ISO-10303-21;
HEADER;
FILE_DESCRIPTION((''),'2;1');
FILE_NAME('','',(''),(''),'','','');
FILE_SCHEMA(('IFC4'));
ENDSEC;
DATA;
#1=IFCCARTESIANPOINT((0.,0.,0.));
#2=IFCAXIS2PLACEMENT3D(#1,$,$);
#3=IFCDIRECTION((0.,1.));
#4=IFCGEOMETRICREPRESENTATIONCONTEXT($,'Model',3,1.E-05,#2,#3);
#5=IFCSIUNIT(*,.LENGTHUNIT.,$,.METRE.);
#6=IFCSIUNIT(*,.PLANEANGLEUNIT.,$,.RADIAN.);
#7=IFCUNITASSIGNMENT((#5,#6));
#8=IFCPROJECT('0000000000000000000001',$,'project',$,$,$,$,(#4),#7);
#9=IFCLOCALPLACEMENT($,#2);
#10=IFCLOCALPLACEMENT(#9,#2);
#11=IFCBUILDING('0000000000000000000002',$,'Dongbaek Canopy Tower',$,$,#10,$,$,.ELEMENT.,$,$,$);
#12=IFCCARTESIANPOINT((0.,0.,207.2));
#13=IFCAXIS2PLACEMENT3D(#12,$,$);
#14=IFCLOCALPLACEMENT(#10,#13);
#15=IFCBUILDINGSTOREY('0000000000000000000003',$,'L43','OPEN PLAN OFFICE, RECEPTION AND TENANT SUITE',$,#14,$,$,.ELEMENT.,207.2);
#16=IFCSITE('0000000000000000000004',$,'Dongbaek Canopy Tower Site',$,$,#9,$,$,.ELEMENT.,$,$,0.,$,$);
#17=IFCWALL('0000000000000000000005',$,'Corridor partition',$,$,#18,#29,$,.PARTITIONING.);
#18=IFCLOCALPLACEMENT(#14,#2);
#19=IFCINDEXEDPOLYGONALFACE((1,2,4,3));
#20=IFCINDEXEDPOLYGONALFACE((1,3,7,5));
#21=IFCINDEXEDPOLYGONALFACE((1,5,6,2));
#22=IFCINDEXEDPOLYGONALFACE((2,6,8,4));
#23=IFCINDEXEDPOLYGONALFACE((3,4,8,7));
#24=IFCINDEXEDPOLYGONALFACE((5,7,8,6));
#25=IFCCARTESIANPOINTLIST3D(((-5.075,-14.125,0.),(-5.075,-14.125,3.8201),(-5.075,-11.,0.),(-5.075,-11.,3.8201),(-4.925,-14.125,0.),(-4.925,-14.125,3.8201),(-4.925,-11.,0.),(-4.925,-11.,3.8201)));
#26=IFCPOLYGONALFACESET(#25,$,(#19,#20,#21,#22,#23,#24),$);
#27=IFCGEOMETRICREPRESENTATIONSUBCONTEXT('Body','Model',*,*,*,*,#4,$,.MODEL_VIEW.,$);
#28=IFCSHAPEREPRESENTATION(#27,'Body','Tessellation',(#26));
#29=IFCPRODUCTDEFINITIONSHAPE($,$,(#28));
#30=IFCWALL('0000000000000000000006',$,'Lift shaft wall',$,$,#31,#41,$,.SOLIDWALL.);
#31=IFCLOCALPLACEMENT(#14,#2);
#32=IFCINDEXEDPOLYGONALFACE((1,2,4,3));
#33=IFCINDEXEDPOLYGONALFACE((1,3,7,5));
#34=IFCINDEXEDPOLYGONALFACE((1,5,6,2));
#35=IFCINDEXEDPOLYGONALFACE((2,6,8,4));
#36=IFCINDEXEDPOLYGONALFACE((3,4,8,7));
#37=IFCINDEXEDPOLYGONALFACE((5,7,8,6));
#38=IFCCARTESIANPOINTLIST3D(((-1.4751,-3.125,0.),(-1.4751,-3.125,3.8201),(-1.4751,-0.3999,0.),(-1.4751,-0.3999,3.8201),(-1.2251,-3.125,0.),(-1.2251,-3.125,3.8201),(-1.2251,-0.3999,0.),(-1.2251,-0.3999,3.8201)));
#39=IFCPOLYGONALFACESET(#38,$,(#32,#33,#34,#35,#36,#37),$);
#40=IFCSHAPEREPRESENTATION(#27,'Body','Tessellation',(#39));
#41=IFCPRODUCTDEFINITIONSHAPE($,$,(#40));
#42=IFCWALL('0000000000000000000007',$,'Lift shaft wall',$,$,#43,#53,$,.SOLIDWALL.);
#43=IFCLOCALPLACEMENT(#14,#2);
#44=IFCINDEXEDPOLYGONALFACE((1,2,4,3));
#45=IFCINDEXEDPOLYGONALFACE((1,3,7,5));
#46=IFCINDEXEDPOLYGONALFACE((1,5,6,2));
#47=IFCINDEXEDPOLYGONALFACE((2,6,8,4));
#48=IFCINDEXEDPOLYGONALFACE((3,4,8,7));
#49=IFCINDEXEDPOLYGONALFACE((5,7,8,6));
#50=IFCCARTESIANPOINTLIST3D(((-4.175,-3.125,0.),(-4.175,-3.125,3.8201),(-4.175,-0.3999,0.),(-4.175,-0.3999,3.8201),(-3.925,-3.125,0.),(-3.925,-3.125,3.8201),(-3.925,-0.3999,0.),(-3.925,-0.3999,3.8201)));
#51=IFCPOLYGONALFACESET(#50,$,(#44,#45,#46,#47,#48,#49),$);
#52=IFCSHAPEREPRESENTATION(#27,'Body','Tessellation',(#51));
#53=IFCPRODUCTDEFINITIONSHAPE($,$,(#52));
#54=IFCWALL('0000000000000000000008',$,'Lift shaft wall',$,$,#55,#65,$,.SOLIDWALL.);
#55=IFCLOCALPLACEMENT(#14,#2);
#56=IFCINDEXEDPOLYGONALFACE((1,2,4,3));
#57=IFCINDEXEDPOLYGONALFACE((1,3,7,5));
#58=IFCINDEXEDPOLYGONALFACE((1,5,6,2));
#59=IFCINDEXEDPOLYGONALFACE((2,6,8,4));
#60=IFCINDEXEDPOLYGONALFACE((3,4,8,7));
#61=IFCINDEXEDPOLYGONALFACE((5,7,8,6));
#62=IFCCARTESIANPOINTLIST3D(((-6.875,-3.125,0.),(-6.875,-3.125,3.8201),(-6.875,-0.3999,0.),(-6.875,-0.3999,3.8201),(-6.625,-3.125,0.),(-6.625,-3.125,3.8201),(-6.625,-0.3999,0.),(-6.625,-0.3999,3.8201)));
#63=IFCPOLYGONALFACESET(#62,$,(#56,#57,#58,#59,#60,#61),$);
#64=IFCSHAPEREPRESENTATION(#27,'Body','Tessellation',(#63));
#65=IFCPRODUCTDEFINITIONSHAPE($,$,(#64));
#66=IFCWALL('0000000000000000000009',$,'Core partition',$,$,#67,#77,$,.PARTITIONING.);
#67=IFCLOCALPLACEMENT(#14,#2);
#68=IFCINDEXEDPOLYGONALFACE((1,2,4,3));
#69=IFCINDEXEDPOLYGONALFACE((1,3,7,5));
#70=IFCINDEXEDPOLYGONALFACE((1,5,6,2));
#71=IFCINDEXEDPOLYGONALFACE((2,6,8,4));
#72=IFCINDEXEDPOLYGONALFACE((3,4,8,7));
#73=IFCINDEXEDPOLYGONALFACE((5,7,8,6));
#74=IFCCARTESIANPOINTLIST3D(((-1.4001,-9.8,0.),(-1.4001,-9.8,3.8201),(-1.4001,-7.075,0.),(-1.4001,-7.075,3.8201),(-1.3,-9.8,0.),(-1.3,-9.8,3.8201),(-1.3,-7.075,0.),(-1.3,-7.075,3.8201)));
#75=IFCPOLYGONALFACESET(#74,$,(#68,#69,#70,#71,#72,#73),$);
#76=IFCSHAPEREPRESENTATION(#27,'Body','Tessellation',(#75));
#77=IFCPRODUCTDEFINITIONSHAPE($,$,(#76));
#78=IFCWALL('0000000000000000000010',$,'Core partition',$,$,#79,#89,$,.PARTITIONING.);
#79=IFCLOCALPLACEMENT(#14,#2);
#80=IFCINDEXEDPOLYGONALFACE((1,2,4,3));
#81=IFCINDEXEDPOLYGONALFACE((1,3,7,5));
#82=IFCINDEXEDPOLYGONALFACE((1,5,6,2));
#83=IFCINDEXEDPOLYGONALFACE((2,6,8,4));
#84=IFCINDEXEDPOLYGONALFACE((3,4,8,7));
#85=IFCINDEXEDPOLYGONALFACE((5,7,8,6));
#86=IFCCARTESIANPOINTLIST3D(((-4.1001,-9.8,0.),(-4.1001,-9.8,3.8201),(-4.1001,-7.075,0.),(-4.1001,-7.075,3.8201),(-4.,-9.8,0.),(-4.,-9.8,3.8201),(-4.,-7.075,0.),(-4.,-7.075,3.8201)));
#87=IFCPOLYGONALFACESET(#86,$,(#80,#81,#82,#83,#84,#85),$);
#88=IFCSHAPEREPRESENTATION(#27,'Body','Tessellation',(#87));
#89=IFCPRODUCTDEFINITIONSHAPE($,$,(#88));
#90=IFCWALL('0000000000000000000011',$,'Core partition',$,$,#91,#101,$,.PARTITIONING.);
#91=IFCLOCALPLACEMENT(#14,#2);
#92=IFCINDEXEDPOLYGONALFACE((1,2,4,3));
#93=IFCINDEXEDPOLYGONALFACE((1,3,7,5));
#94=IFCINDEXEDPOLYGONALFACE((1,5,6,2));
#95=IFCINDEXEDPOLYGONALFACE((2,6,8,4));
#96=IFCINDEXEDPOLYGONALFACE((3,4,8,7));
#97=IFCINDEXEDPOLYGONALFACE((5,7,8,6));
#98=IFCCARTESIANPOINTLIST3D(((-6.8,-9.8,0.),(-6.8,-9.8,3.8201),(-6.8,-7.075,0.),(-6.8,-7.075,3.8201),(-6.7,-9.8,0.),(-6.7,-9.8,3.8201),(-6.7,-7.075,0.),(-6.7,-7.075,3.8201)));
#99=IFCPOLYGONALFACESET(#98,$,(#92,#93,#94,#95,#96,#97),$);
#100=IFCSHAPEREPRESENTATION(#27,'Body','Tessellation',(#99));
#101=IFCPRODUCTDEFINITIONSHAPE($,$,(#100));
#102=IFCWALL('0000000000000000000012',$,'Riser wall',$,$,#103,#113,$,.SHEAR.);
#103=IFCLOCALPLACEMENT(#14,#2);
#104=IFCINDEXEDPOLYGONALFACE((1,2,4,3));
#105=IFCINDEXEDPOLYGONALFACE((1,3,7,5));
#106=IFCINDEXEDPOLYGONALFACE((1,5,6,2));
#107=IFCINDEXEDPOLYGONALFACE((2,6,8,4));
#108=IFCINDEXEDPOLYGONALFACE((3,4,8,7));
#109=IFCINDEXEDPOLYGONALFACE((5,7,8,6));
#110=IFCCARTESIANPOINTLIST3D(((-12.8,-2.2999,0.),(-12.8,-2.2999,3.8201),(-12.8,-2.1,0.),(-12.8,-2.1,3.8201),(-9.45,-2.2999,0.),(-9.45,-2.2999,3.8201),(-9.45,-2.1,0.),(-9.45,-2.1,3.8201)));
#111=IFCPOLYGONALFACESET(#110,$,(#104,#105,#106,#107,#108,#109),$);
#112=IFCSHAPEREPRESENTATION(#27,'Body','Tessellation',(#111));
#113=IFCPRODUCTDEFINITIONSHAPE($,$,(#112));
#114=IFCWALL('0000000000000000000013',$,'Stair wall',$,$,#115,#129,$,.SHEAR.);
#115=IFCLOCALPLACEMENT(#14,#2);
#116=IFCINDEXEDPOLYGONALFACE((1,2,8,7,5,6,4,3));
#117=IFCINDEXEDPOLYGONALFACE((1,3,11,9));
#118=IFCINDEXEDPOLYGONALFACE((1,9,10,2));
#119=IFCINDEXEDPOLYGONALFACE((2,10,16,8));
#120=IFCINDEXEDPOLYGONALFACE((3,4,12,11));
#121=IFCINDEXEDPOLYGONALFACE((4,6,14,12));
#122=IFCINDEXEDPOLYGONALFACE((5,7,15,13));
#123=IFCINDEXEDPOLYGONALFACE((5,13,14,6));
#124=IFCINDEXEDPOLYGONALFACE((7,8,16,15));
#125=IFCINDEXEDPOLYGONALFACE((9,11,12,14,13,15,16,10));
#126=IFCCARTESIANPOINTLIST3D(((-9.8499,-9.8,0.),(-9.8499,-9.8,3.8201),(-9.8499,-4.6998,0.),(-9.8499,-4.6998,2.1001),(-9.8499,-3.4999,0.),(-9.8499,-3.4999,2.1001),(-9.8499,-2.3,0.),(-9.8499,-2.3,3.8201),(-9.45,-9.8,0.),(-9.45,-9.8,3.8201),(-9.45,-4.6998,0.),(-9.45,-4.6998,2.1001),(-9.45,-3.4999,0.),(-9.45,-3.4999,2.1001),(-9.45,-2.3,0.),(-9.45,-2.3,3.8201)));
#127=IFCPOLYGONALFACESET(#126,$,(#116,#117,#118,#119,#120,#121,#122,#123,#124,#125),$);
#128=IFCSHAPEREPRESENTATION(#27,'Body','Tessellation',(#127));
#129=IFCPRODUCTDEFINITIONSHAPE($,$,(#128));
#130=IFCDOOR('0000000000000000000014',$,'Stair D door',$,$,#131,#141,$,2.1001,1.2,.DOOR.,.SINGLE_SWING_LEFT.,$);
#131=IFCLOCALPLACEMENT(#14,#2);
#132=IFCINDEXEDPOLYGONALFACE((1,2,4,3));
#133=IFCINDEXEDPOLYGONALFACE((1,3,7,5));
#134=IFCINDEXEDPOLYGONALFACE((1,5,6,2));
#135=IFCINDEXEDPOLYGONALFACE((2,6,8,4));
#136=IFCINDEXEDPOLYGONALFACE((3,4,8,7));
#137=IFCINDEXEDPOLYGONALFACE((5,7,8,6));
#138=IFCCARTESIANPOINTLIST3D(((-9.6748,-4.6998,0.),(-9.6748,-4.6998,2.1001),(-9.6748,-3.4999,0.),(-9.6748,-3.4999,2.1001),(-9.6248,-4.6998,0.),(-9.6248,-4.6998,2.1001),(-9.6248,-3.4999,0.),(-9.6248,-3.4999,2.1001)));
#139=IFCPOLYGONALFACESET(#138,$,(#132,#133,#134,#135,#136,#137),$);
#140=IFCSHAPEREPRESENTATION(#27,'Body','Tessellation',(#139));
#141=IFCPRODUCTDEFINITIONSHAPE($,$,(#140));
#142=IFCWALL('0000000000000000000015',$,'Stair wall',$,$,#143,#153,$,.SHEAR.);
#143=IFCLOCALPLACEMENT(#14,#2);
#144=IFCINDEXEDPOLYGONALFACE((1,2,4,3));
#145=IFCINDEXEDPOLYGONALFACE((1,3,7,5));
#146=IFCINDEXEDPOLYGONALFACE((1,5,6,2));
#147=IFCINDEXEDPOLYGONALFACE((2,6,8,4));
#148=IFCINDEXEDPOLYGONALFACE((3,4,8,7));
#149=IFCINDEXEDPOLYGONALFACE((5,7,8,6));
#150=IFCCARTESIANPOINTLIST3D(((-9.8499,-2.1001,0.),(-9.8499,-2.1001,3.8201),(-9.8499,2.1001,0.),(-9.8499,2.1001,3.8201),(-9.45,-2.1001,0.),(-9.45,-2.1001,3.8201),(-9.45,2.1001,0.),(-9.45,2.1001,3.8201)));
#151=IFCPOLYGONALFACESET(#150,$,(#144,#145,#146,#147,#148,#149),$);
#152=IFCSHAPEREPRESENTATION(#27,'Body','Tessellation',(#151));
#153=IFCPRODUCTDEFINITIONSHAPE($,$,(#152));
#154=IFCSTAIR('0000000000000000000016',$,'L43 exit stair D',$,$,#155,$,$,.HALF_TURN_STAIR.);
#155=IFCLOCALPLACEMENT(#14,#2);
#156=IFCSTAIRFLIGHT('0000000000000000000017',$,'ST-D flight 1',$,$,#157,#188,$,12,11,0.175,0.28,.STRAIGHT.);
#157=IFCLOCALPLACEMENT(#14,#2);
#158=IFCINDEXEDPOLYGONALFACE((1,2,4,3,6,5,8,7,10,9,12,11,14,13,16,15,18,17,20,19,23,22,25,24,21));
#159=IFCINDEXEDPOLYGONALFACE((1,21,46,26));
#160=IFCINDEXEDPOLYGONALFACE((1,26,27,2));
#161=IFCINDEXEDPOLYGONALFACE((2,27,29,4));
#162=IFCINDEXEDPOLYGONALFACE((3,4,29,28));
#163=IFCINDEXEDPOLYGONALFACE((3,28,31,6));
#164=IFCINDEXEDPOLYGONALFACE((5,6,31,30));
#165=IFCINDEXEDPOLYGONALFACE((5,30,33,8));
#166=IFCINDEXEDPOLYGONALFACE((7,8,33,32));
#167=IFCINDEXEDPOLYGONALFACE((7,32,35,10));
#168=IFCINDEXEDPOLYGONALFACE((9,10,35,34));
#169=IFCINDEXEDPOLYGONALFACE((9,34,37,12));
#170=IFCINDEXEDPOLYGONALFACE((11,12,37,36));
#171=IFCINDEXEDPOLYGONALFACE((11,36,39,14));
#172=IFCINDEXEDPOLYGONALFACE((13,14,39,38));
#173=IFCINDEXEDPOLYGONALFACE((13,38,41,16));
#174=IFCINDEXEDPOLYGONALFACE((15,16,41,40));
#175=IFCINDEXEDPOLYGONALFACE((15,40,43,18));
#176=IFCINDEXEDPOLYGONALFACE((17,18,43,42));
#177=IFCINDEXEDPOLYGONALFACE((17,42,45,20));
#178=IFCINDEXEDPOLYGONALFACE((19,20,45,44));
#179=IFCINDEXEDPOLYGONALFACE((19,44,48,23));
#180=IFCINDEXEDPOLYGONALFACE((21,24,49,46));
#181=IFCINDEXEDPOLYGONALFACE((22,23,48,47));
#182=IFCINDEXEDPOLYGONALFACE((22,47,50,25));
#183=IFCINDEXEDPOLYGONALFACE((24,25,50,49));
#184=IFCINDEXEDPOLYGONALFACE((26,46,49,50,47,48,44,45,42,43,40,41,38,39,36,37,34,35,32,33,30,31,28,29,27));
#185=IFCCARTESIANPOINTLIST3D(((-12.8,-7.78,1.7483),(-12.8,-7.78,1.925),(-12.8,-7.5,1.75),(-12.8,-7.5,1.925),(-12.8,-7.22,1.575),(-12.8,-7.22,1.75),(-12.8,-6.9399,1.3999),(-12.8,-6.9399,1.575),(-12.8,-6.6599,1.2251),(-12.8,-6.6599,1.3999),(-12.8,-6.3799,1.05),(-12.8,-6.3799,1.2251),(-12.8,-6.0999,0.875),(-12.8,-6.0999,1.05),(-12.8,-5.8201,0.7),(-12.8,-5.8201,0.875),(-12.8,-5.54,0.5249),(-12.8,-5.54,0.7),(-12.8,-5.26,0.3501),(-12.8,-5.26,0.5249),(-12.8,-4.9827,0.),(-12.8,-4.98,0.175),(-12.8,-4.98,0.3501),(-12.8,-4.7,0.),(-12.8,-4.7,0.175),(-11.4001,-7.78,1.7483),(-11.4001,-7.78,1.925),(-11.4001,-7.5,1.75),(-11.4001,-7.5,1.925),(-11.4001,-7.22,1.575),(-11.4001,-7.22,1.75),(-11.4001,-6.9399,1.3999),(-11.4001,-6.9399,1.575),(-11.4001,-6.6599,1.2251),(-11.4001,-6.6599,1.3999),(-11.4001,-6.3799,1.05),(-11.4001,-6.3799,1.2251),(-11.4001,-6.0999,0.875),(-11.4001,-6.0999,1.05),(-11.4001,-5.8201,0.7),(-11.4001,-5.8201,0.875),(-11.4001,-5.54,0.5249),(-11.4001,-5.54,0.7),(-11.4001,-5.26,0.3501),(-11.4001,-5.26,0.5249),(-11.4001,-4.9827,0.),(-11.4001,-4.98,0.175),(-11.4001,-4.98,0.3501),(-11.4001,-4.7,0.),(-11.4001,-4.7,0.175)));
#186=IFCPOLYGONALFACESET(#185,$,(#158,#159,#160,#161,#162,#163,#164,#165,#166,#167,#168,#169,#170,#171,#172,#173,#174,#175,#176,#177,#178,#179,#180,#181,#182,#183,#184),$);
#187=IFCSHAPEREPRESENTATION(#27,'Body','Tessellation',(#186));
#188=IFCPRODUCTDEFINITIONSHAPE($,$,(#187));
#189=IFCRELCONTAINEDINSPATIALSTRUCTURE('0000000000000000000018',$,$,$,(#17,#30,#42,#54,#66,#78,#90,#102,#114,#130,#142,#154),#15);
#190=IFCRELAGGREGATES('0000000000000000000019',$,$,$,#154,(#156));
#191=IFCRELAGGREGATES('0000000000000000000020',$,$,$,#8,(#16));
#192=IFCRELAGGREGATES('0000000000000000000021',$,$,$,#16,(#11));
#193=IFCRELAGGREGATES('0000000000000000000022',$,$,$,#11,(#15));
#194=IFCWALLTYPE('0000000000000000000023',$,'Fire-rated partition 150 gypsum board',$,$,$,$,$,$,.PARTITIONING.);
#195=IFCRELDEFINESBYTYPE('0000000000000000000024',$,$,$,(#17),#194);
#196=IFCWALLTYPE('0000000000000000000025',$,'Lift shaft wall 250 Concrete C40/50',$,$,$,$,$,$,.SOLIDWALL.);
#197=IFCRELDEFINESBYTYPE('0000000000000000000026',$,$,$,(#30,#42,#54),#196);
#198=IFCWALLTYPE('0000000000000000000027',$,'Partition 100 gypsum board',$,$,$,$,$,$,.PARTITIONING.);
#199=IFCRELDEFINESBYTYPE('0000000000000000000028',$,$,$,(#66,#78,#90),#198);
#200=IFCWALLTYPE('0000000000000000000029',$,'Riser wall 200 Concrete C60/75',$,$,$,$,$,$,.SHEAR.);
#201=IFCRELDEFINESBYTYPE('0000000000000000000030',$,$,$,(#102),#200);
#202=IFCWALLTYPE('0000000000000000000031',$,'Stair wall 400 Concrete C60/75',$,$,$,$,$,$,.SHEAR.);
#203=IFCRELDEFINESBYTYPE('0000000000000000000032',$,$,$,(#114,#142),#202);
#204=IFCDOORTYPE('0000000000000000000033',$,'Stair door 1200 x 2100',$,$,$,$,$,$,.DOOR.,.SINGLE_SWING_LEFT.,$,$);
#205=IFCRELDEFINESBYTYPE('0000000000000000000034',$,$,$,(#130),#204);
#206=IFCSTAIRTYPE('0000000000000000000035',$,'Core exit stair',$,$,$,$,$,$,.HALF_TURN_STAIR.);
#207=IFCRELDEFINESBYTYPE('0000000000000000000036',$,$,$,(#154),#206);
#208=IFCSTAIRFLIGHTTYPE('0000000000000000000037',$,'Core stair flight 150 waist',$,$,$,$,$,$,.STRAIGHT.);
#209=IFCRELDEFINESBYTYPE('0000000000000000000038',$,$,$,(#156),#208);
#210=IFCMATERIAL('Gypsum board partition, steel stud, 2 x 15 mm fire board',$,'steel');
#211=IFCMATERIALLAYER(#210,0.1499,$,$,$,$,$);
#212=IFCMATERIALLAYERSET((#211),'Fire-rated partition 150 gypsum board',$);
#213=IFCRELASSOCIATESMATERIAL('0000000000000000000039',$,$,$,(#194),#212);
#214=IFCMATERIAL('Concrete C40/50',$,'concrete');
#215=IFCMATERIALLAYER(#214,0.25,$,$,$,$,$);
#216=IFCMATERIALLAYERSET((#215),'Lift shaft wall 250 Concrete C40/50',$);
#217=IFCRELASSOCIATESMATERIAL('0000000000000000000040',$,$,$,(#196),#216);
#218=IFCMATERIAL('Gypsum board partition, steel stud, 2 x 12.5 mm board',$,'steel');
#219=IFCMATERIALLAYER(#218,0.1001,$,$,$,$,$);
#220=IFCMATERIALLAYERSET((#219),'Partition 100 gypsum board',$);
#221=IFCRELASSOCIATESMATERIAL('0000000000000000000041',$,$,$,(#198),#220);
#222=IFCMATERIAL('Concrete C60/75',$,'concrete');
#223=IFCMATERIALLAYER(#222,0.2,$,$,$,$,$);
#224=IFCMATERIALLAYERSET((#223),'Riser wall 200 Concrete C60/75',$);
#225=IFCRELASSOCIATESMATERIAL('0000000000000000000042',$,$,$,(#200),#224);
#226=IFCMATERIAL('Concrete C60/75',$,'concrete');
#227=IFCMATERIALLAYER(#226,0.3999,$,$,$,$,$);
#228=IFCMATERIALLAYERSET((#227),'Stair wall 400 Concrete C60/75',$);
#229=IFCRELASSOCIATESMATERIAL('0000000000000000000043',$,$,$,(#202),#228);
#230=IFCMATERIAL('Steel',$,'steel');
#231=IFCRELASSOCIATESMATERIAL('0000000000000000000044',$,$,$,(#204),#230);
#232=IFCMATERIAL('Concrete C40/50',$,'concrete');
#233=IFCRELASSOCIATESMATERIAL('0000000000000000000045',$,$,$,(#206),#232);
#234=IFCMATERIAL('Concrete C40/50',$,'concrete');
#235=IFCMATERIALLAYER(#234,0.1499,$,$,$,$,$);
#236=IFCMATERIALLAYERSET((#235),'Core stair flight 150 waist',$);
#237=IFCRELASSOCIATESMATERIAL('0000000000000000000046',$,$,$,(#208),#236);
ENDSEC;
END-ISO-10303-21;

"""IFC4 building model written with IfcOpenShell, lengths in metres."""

from ifc_helpers import new_model, si_unit, direction, frame, frame_2d, origin, place, context, subcontext, project, spatial, polyline, rectangle, outline, extrude, material, layer, layer_set, type_object, element, fill, aggregate, save


model = new_model("IFC4")

# Units and contexts
model_context = context("Model", 3, precision=1e-05, world=origin(), true_north=direction((0.0, 1.0)))
body_context = subcontext(model_context, "Body", "Model", "MODEL_VIEW")
ifc_project = project(units=[si_unit("LENGTHUNIT", "METRE"), si_unit("PLANEANGLEUNIT", "RADIAN")], contexts=[model_context])

# Site, building, storey
site_placement = place(None, origin())
site = spatial("IfcSite", under=ifc_project, at=site_placement, Name="Dongbaek Canopy Tower Site", CompositionType="ELEMENT", RefElevation=0.0)
building_placement = place(site_placement, origin())
building = spatial("IfcBuilding", under=site, at=building_placement, Name="Dongbaek Canopy Tower", CompositionType="ELEMENT")
storey_placement = place(building_placement, frame((0.0, 0.0, 207.2)))
storey = spatial("IfcBuildingStorey", under=building, at=storey_placement, Name="L43", Description="OPEN PLAN OFFICE, RECEPTION AND TENANT SUITE", CompositionType="ELEMENT", Elevation=207.2)

# Walls
ifc_material_1 = material(Name="Gypsum board partition, steel stud, 2 x 15 mm fire board", Category="steel")
ifc_layer_1 = layer(ifc_material_1, 0.1499)
ifc_layer_set_1 = layer_set([ifc_layer_1], Name="Fire-rated partition 150 gypsum board")
wall_type_1 = type_object("IfcWallType", Name="Fire-rated partition 150 gypsum board", PredefinedType="PARTITIONING", material=ifc_layer_set_1)
wall_1_placement = place(storey_placement, frame((-5.0, -14.125, 0.0), z_axis=(0.0, 0.0, 1.0), x_axis=(0.0, 1.0, 0.0)))
element("IfcWall", 1, at=wall_1_placement, inside=storey, type_object=wall_type_1, Name="Corridor partition", PredefinedType="PARTITIONING", context=body_context, shape_type="SweptSolid", body=[
    extrude(rectangle(XDim=3.125, YDim=0.1499, at=frame_2d((1.5625, 0.0))), origin(), (0.0, 0.0, 1.0), 3.8201),
])
ifc_material_2 = material(Name="Concrete C40/50", Category="concrete")
ifc_layer_2 = layer(ifc_material_2, 0.25)
ifc_layer_set_2 = layer_set([ifc_layer_2], Name="Lift shaft wall 250 Concrete C40/50")
wall_type_2 = type_object("IfcWallType", Name="Lift shaft wall 250 Concrete C40/50", PredefinedType="SOLIDWALL", material=ifc_layer_set_2)
for number, where, z_axis, x_axis, name in (
    (2, (-1.3501, -3.125, 0.0), (0.0, 0.0, 1.0), (0.0, 1.0, 0.0), "Lift shaft wall"),
    (3, (-4.05, -3.125, 0.0), (0.0, 0.0, 1.0), (0.0, 1.0, 0.0), "Lift shaft wall"),
    (4, (-6.75, -3.125, 0.0), (0.0, 0.0, 1.0), (0.0, 1.0, 0.0), "Lift shaft wall"),
):
    element("IfcWall", number, at=place(storey_placement, frame(where, z_axis=z_axis, x_axis=x_axis)), inside=storey, type_object=wall_type_2, Name=name, PredefinedType="SOLIDWALL", context=body_context, shape_type="SweptSolid", body=[
        extrude(rectangle(XDim=2.7251, YDim=0.25, at=frame_2d((1.3625, 0.0))), origin(), (0.0, 0.0, 1.0), 3.8201),
    ])
ifc_material_3 = material(Name="Gypsum board partition, steel stud, 2 x 12.5 mm board", Category="steel")
ifc_layer_3 = layer(ifc_material_3, 0.1001)
ifc_layer_set_3 = layer_set([ifc_layer_3], Name="Partition 100 gypsum board")
wall_type_3 = type_object("IfcWallType", Name="Partition 100 gypsum board", PredefinedType="PARTITIONING", material=ifc_layer_set_3)
for number, where, z_axis, x_axis, name in (
    (5, (-1.3501, -9.8, 0.0), (0.0, 0.0, 1.0), (0.0, 1.0, 0.0), "Core partition"),
    (6, (-4.05, -9.8, 0.0), (0.0, 0.0, 1.0), (0.0, 1.0, 0.0), "Core partition"),
    (7, (-6.75, -9.8, 0.0), (0.0, 0.0, 1.0), (0.0, 1.0, 0.0), "Core partition"),
):
    element("IfcWall", number, at=place(storey_placement, frame(where, z_axis=z_axis, x_axis=x_axis)), inside=storey, type_object=wall_type_3, Name=name, PredefinedType="PARTITIONING", context=body_context, shape_type="SweptSolid", body=[
        extrude(rectangle(XDim=2.7251, YDim=0.1001, at=frame_2d((1.3625, 0.0))), origin(), (0.0, 0.0, 1.0), 3.8201),
    ])
ifc_material_4 = material(Name="Concrete C60/75", Category="concrete")
ifc_layer_4 = layer(ifc_material_4, 0.2)
ifc_layer_set_4 = layer_set([ifc_layer_4], Name="Riser wall 200 Concrete C60/75")
wall_type_4 = type_object("IfcWallType", Name="Riser wall 200 Concrete C60/75", PredefinedType="SHEAR", material=ifc_layer_set_4)
wall_2_placement = place(storey_placement, frame((-9.45, -2.2, 0.0), z_axis=(0.0, 0.0, 1.0), x_axis=(-1.0, 0.0, 0.0)))
element("IfcWall", 8, at=wall_2_placement, inside=storey, type_object=wall_type_4, Name="Riser wall", PredefinedType="SHEAR", context=body_context, shape_type="SweptSolid", body=[
    extrude(rectangle(XDim=3.3501, YDim=0.2, at=frame_2d((1.675, 0.0))), origin(), (0.0, 0.0, 1.0), 3.8201),
])

# Wall, opening, door
ifc_material_5 = material(Name="Concrete C60/75", Category="concrete")
ifc_layer_5 = layer(ifc_material_5, 0.3999)
ifc_layer_set_5 = layer_set([ifc_layer_5], Name="Stair wall 400 Concrete C60/75")
wall_type_5 = type_object("IfcWallType", Name="Stair wall 400 Concrete C60/75", PredefinedType="SHEAR", material=ifc_layer_set_5)
wall_3_placement = place(storey_placement, frame((-9.6499, -9.8, 0.0), z_axis=(0.0, 0.0, 1.0), x_axis=(0.0, 1.0, 0.0)))
wall_3 = element("IfcWall", 9, at=wall_3_placement, inside=storey, type_object=wall_type_5, Name="Stair wall", PredefinedType="SHEAR", context=body_context, shape_type="SweptSolid", body=[
    extrude(rectangle(XDim=7.5, YDim=0.3999, at=frame_2d((3.75, 0.0))), origin(), (0.0, 0.0, 1.0), 3.8201),
])
opening_1_placement = place(wall_3_placement, frame((5.1001, 0.0, 0.0)))
opening_1 = element("IfcOpeningElement", 10, at=opening_1_placement, cuts=wall_3, PredefinedType="OPENING", context=body_context, shape_type="SweptSolid", body=[
    extrude(rectangle(XDim=1.2, YDim=2.1001, at=frame_2d((0.6001, 1.05))), frame((0.0, 0.21, 0.0), z_axis=(0.0, -1.0, 0.0), x_axis=(1.0, 0.0, 0.0)), (0.0, 0.0, 1.0), 0.4199),
])
ifc_material_6 = material(Name="Steel", Category="steel")
door_type_1 = type_object("IfcDoorType", Name="Stair door 1200 x 2100", OperationType="SINGLE_SWING_LEFT", PredefinedType="DOOR", material=ifc_material_6)
door_1_placement = place(opening_1_placement, origin())
door_1 = element("IfcDoor", 11, at=door_1_placement, inside=storey, type_object=door_type_1, Name="Stair D door", OperationType="SINGLE_SWING_LEFT", OverallHeight=2.1001, OverallWidth=1.2, PredefinedType="DOOR", context=body_context, shape_type="SweptSolid", body=[
    extrude(rectangle(XDim=1.2, YDim=2.1001, at=frame_2d((0.6001, 1.05))), frame((0.0, 0.0249, 0.0), z_axis=(0.0, -1.0, 0.0), x_axis=(1.0, 0.0, 0.0)), (0.0, 0.0, 1.0), 0.05),
])
fill(opening_1, door_1)

# Wall
wall_4_placement = place(storey_placement, frame((-9.6499, -2.1001, 0.0), z_axis=(0.0, 0.0, 1.0), x_axis=(0.0, 1.0, 0.0)))
element("IfcWall", 12, at=wall_4_placement, inside=storey, type_object=wall_type_5, Name="Stair wall", PredefinedType="SHEAR", context=body_context, shape_type="SweptSolid", body=[
    extrude(rectangle(XDim=4.2002, YDim=0.3999, at=frame_2d((2.1001, 0.0))), origin(), (0.0, 0.0, 1.0), 3.8201),
])

# Stair, stair flight
ifc_material_7 = material(Name="Concrete C40/50", Category="concrete")
stair_type = type_object("IfcStairType", Name="Core exit stair", PredefinedType="HALF_TURN_STAIR", material=ifc_material_7)
stair_placement = place(storey_placement, origin())
stair = element("IfcStair", 13, at=stair_placement, inside=storey, type_object=stair_type, Name="L43 exit stair D", PredefinedType="HALF_TURN_STAIR")
ifc_material_8 = material(Name="Concrete C40/50", Category="concrete")
ifc_layer_6 = layer(ifc_material_8, 0.1499)
ifc_layer_set_6 = layer_set([ifc_layer_6], Name="Core stair flight 150 waist")
stair_flight_type = type_object("IfcStairFlightType", Name="Core stair flight 150 waist", PredefinedType="STRAIGHT", material=ifc_layer_set_6)
stair_flight_1_placement = place(storey_placement, frame((-12.1001, -4.7, 0.0), z_axis=(0.0, 0.0, 1.0), x_axis=(0.0, -1.0, 0.0)))
stair_flight_1 = element("IfcStairFlight", 14, at=stair_flight_1_placement, type_object=stair_flight_type, Name="ST-D flight 1", NumberOfRisers=12, NumberOfTreads=11, PredefinedType="STRAIGHT", RiserHeight=0.175, TreadLength=0.28, context=body_context, shape_type="SweptSolid", body=[
    extrude(outline(polyline([(0.0, 0.0), (0.0, 0.175), (0.28, 0.175), (0.28, 0.3501), (0.5601, 0.3501), (0.5601, 0.5249), (0.8401, 0.5249), (0.8401, 0.7), (1.1201, 0.7), (1.1201, 0.875), (1.3999, 0.875), (1.3999, 1.05), (1.6799, 1.05), (1.6799, 1.2251), (1.96, 1.2251), (1.96, 1.3999), (2.24, 1.3999), (2.24, 1.575), (2.52, 1.575), (2.52, 1.75), (2.8, 1.75), (2.8, 1.925), (3.0801, 1.925), (3.0801, 2.1001), (3.0801, 1.7483), (0.2827, 0.0), (0.0, 0.0)])), frame((0.0, 0.7, 0.0), z_axis=(0.0, -1.0, 0.0), x_axis=(1.0, 0.0, 0.0)), (0.0, 0.0, 1.0), 1.3999),
])
aggregate(stair, [stair_flight_1])

save(model, "model.ifc")
